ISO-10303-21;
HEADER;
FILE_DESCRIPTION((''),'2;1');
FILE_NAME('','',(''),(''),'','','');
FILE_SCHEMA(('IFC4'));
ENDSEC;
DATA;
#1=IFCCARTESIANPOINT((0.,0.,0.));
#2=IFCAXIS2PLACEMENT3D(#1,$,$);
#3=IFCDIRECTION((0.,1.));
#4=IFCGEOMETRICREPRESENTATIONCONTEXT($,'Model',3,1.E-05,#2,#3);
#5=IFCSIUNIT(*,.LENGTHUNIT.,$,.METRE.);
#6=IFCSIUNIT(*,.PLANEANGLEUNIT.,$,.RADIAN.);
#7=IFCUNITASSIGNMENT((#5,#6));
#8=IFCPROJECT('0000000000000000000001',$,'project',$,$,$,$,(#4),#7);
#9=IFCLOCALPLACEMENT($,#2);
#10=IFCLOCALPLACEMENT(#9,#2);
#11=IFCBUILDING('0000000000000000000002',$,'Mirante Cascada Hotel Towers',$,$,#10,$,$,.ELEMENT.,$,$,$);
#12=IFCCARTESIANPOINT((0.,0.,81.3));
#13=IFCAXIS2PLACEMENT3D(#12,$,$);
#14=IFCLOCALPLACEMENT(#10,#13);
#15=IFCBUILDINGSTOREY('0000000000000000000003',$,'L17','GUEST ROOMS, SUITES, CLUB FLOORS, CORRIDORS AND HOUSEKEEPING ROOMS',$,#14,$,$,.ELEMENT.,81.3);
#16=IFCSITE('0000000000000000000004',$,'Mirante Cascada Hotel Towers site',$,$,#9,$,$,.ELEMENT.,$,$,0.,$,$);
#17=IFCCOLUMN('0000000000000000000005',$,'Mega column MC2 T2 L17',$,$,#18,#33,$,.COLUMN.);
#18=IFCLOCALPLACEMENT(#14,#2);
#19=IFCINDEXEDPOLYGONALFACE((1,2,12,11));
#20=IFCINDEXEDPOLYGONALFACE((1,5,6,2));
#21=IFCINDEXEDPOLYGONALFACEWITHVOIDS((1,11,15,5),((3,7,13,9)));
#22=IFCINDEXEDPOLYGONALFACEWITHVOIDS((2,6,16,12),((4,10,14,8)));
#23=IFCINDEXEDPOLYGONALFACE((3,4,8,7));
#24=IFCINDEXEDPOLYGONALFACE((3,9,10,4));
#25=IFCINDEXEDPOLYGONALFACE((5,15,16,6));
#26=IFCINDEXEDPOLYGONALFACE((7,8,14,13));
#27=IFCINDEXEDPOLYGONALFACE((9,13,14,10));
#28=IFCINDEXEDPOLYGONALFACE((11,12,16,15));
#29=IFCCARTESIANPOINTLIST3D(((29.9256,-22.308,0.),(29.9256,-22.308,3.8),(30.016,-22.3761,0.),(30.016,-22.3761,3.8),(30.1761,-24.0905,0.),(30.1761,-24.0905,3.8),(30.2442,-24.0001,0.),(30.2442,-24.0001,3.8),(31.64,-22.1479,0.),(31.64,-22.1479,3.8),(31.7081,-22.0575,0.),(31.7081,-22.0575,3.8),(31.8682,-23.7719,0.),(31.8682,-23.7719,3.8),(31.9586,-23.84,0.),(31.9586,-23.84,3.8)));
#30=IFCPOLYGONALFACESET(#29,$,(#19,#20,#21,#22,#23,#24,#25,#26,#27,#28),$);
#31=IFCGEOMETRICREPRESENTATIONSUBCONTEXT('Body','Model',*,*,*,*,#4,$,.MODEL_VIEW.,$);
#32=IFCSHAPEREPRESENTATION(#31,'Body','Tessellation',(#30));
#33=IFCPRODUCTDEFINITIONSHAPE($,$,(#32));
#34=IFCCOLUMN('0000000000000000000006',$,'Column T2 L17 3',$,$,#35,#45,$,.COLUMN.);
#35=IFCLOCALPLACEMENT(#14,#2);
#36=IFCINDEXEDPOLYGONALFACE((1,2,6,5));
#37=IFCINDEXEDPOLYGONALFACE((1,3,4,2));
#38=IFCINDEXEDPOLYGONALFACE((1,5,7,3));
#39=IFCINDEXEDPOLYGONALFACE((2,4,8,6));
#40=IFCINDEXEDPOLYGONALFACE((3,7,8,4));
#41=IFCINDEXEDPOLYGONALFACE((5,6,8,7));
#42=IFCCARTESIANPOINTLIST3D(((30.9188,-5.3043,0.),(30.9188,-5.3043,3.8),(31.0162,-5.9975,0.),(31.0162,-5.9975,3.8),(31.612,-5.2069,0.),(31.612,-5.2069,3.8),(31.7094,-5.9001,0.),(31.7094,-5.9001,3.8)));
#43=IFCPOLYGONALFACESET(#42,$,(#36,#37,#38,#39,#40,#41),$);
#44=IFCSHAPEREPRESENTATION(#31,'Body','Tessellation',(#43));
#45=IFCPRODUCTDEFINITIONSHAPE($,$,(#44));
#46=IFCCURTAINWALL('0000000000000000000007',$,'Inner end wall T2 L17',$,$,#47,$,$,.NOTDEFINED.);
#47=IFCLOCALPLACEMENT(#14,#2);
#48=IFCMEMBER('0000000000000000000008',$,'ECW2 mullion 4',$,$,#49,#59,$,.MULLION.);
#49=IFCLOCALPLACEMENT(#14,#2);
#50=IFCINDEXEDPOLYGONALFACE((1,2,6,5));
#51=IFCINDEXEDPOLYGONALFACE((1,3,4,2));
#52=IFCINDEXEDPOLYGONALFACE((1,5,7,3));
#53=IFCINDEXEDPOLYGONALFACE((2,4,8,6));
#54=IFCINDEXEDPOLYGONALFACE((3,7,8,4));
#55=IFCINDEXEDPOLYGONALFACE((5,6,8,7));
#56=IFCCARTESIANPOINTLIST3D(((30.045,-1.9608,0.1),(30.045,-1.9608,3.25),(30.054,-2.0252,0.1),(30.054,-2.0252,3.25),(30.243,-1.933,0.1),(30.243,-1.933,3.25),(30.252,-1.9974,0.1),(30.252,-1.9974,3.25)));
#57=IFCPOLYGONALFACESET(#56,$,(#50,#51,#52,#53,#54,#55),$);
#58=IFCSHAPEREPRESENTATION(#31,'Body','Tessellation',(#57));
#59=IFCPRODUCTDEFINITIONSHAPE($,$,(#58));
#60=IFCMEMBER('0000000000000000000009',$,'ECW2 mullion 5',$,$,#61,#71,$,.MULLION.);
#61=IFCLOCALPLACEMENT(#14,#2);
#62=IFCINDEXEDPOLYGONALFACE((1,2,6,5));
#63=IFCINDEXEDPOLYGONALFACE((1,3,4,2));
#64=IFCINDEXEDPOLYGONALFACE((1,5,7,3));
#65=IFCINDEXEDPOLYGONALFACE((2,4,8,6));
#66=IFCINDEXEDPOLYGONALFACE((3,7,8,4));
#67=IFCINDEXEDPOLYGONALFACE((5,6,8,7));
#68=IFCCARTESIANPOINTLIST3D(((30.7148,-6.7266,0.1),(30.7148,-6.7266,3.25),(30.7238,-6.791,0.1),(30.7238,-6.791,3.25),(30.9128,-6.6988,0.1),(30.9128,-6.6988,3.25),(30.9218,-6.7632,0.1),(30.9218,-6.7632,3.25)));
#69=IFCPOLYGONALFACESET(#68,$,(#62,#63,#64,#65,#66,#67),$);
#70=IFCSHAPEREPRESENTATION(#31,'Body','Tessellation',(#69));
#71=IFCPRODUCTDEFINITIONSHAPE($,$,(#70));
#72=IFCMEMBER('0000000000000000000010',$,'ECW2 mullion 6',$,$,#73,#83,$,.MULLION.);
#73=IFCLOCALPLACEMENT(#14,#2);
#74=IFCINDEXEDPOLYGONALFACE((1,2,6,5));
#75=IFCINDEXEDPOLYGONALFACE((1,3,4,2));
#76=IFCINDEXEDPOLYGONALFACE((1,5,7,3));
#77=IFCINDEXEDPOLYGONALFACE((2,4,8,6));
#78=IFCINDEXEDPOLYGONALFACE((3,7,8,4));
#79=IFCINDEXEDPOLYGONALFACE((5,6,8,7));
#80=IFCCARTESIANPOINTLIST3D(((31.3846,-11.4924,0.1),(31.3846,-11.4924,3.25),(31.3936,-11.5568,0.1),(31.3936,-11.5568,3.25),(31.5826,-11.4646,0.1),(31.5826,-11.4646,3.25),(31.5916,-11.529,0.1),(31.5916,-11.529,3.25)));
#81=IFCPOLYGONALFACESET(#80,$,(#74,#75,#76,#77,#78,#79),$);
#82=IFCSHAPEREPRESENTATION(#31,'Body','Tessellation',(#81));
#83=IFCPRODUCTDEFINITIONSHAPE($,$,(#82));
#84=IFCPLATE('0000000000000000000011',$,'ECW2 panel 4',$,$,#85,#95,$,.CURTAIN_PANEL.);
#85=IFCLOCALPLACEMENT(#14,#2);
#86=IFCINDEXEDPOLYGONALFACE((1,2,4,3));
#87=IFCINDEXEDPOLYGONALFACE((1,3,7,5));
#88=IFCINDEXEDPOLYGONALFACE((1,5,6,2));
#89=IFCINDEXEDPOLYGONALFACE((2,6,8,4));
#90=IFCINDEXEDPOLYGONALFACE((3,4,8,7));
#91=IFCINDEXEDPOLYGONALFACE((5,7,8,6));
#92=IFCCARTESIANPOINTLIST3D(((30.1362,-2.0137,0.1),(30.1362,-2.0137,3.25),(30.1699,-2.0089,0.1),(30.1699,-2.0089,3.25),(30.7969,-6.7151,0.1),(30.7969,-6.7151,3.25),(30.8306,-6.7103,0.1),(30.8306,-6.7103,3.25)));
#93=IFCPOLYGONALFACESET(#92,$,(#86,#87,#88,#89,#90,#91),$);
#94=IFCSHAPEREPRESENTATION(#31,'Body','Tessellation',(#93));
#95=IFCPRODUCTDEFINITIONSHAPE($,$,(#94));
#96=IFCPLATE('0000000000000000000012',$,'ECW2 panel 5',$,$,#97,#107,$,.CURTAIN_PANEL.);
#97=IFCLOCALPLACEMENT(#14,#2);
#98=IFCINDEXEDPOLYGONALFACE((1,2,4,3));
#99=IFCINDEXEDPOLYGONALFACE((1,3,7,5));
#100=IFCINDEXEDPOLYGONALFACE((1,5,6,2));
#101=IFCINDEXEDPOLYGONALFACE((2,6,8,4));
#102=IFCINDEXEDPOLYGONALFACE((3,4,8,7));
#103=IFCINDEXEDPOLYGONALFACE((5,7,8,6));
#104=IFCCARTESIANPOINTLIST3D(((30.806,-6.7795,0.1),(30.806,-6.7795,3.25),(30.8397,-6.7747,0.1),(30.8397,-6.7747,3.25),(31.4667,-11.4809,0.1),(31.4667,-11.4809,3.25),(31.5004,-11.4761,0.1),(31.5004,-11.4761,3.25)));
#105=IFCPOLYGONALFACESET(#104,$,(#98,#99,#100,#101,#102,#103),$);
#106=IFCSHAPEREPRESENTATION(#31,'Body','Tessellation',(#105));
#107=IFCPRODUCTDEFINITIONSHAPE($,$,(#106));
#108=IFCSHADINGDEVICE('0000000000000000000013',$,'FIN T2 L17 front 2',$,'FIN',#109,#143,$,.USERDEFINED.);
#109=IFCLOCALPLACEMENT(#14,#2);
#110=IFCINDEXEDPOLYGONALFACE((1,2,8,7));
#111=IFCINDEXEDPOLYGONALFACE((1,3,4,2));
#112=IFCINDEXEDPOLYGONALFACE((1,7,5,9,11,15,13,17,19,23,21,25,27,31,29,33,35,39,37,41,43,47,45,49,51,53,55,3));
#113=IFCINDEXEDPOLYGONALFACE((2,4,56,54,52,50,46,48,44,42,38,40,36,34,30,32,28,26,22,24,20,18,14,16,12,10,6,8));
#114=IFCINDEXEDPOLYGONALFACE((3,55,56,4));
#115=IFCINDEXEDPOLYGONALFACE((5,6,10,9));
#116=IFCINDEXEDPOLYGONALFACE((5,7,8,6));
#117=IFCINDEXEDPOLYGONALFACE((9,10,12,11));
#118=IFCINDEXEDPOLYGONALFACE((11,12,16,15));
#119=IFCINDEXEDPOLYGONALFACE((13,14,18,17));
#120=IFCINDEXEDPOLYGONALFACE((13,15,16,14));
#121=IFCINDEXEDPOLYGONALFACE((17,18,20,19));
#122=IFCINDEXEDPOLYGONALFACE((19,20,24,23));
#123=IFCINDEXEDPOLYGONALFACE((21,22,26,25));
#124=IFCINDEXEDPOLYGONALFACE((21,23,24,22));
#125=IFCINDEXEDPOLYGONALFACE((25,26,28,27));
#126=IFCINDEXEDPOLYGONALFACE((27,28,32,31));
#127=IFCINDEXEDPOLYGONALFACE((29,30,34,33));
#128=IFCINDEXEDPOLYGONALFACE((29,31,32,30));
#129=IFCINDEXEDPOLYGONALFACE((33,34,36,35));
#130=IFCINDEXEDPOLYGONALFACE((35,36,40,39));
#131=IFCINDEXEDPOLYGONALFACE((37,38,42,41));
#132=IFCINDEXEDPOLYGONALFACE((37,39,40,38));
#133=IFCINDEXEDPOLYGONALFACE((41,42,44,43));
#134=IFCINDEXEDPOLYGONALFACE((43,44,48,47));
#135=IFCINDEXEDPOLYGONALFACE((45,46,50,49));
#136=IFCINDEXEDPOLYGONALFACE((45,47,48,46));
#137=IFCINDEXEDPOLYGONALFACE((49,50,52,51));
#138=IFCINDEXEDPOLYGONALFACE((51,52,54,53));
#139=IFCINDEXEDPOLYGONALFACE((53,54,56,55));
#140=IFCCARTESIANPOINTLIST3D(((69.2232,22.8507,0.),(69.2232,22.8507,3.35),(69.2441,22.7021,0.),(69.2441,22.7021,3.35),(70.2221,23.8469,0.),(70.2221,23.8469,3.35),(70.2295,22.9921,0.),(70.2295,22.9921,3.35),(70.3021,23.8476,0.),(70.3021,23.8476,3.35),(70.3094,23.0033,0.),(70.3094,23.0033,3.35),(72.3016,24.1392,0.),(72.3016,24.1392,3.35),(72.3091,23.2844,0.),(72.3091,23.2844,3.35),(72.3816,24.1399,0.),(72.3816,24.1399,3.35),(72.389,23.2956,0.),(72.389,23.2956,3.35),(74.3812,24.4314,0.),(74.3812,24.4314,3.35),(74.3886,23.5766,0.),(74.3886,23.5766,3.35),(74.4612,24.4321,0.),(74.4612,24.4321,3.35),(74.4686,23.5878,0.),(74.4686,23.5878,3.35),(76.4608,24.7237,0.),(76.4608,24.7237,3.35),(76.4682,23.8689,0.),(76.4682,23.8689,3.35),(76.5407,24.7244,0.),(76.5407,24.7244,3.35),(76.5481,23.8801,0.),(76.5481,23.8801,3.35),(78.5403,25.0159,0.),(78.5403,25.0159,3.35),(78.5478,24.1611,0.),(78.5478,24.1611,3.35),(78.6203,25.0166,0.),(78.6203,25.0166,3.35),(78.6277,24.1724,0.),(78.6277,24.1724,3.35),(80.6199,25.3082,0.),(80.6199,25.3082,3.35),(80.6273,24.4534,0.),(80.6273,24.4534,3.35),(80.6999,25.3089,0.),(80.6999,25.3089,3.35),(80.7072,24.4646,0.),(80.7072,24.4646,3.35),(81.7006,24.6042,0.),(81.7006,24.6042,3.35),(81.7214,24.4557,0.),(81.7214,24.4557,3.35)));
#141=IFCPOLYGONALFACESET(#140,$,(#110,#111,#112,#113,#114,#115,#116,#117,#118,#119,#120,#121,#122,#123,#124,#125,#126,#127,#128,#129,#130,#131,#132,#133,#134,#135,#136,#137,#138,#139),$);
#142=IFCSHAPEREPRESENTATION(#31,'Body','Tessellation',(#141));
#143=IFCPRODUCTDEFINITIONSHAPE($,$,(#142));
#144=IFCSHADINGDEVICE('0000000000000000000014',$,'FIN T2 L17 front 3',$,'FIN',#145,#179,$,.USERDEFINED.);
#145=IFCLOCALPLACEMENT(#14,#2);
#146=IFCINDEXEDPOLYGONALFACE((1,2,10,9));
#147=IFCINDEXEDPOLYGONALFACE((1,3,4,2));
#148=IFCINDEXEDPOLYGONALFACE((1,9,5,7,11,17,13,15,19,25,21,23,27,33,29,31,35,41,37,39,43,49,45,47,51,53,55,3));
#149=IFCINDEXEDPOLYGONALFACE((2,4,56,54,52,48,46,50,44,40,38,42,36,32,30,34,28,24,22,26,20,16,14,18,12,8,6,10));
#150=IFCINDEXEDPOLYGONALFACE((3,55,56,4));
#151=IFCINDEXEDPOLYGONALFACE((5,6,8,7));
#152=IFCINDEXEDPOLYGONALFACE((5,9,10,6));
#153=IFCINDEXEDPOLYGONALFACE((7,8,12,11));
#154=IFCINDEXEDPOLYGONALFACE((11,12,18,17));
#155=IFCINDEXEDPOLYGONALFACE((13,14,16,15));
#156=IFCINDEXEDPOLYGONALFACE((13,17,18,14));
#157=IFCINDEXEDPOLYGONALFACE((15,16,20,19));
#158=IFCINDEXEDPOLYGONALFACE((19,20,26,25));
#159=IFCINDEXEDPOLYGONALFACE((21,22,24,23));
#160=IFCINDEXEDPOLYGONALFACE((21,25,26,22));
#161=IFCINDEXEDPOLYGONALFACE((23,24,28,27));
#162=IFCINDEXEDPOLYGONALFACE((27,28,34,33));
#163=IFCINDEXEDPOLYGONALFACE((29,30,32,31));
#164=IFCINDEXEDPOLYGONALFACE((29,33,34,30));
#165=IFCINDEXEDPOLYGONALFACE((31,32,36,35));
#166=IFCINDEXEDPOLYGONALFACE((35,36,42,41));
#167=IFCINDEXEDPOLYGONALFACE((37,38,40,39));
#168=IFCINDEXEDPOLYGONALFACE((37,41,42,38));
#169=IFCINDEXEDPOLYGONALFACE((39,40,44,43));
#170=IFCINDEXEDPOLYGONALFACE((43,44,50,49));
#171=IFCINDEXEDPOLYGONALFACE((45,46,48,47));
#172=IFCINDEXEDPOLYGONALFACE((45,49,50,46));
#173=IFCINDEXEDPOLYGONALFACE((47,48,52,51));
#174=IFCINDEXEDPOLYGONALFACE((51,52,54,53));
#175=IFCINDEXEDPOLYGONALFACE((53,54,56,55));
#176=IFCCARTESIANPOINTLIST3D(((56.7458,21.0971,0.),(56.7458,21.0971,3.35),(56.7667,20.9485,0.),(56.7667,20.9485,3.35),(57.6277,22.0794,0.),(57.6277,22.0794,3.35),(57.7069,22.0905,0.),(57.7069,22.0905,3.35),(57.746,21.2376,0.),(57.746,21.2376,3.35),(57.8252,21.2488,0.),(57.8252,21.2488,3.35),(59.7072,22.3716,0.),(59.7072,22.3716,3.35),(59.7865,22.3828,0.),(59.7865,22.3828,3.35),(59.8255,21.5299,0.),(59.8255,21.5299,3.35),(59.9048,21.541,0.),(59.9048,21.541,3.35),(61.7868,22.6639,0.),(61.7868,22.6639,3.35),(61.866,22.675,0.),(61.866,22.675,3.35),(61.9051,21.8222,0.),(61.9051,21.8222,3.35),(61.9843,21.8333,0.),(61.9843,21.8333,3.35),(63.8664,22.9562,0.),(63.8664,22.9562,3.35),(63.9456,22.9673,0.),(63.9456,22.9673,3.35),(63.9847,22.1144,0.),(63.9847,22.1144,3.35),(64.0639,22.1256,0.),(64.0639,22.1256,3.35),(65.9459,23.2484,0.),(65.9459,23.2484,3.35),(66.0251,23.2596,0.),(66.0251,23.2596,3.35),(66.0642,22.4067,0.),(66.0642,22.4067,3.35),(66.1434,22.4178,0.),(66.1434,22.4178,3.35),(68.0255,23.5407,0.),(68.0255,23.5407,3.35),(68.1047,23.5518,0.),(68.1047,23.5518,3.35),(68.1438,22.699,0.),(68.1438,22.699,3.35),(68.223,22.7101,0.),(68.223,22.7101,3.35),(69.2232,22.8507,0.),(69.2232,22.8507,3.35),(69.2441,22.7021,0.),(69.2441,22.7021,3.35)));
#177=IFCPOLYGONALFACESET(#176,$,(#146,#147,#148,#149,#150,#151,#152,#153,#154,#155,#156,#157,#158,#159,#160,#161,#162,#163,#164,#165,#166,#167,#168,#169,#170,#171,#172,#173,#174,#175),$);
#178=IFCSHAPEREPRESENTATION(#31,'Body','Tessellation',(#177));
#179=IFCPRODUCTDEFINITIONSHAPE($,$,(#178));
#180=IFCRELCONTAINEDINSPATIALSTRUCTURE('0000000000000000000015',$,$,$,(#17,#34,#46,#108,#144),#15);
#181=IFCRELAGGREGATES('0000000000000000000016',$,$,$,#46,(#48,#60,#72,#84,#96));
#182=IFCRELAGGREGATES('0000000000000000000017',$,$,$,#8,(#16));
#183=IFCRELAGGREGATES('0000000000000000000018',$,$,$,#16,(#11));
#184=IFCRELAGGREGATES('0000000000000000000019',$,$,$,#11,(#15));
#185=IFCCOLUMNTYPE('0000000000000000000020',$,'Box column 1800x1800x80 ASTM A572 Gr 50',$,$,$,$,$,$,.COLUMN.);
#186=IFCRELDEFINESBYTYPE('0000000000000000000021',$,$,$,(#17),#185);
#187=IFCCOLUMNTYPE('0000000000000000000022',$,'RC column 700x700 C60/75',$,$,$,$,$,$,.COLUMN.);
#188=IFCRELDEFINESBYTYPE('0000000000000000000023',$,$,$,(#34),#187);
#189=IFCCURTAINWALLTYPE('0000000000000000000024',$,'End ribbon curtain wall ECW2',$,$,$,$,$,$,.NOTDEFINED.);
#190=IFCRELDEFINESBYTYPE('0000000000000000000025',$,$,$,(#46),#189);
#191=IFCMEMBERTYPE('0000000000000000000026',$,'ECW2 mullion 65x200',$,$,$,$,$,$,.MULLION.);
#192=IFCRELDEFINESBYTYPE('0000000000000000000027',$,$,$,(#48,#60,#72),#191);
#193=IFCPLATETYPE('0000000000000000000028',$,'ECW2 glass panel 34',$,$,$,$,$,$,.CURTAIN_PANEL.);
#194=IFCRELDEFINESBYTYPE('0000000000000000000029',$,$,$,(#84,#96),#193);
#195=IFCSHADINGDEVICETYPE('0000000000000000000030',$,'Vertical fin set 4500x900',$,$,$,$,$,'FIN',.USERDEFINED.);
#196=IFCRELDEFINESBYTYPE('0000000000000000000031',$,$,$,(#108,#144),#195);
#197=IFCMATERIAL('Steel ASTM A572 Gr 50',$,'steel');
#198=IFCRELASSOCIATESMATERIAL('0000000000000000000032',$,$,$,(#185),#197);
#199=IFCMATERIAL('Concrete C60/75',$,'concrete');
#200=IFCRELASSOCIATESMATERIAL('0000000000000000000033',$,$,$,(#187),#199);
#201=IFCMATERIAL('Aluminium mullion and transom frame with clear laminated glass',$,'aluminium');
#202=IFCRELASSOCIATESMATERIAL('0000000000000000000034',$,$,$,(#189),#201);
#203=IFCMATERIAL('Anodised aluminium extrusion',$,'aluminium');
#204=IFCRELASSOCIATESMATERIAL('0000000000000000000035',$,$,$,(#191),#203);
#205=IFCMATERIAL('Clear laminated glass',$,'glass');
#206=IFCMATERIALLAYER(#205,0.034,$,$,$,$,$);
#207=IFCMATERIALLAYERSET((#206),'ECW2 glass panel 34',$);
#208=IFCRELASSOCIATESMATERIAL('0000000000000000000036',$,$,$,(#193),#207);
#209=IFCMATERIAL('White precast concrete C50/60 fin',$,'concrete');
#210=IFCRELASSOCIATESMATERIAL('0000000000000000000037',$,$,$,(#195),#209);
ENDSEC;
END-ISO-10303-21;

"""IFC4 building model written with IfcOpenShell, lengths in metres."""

from ifc_helpers import new_model, si_unit, direction, frame, origin, origin_2d, place, context, subcontext, project, spatial, polyline, rectangle, hollow_rectangle, outline, extrude, material, layer, layer_set, material_profile, profile_set, type_object, element, aggregate, save


model = new_model("IFC4")

# Units and contexts
model_context = context("Model", 3, precision=1e-05, world=origin(), true_north=direction((0.0, 1.0)))
body_context = subcontext(model_context, "Body", "Model", "MODEL_VIEW")
ifc_project = project(units=[si_unit("LENGTHUNIT", "METRE"), si_unit("PLANEANGLEUNIT", "RADIAN")], contexts=[model_context])

# Site, building, storey
site_placement = place(None, origin())
site = spatial("IfcSite", under=ifc_project, at=site_placement, Name="Mirante Cascada Hotel Towers site", CompositionType="ELEMENT", RefElevation=0.0)
building_placement = place(site_placement, origin())
building = spatial("IfcBuilding", under=site, at=building_placement, Name="Mirante Cascada Hotel Towers", CompositionType="ELEMENT")
storey_placement = place(building_placement, frame((0.0, 0.0, 81.3)))
storey = spatial("IfcBuildingStorey", under=building, at=storey_placement, Name="L17", Description="GUEST ROOMS, SUITES, CLUB FLOORS, CORRIDORS AND HOUSEKEEPING ROOMS", CompositionType="ELEMENT", Elevation=81.3)

# Columns
ifc_material_1 = material(Name="Steel ASTM A572 Gr 50", Category="steel")
ifc_material_profile_1 = material_profile(ifc_material_1, hollow_rectangle(XDim=1.8, YDim=1.8, WallThickness=0.08, at=origin_2d()), Name="Box column 1800x1800x80 ASTM A572 Gr 50")
ifc_profile_set_1 = profile_set([ifc_material_profile_1], Name="Steel ASTM A572 Gr 50")
column_type_1 = type_object("IfcColumnType", Name="Box column 1800x1800x80 ASTM A572 Gr 50", PredefinedType="COLUMN", material=ifc_profile_set_1)
column_1_placement = place(storey_placement, frame((30.9421, -23.074, 0.0), z_axis=(0.0, 0.0, 1.0), x_axis=(0.990268, 0.139173, 0.0)))
element("IfcColumn", 1, at=column_1_placement, inside=storey, type_object=column_type_1, Name="Mega column MC2 T2 L17", PredefinedType="COLUMN", context=body_context, shape_type="SweptSolid", body=[
    extrude(hollow_rectangle(XDim=1.8, YDim=1.8, WallThickness=0.08, at=origin_2d()), origin(), (0.0, 0.0, 1.0), 3.8),
])
ifc_material_2 = material(Name="Concrete C60/75", Category="concrete")
ifc_material_profile_2 = material_profile(ifc_material_2, rectangle(XDim=0.7, YDim=0.7, at=origin_2d()), Name="RC column 700x700 C60/75")
ifc_profile_set_2 = profile_set([ifc_material_profile_2], Name="Concrete C60/75")
column_type_2 = type_object("IfcColumnType", Name="RC column 700x700 C60/75", PredefinedType="COLUMN", material=ifc_profile_set_2)
column_2_placement = place(storey_placement, frame((31.3141, -5.6022, 0.0), z_axis=(0.0, 0.0, 1.0), x_axis=(0.990268, 0.139173, 0.0)))
element("IfcColumn", 2, at=column_2_placement, inside=storey, type_object=column_type_2, Name="Column T2 L17 3", PredefinedType="COLUMN", context=body_context, shape_type="SweptSolid", body=[
    extrude(rectangle(XDim=0.7, YDim=0.7, at=origin_2d()), origin(), (0.0, 0.0, 1.0), 3.8),
])

# Curtain wall, members, plates
ifc_material_3 = material(Name="Aluminium mullion and transom frame with clear laminated glass", Category="aluminium")
curtain_wall_type = type_object("IfcCurtainWallType", Name="End ribbon curtain wall ECW2", PredefinedType="NOTDEFINED", material=ifc_material_3)
curtain_wall_placement = place(storey_placement, origin())
curtain_wall = element("IfcCurtainWall", 3, at=curtain_wall_placement, inside=storey, type_object=curtain_wall_type, Name="Inner end wall T2 L17", PredefinedType="NOTDEFINED")
ifc_material_4 = material(Name="Anodised aluminium extrusion", Category="aluminium")
ifc_material_profile_3 = material_profile(ifc_material_4, rectangle(XDim=0.2, YDim=0.065, at=origin_2d()), Name="ECW2 MULLION 65x200")
ifc_profile_set_3 = profile_set([ifc_material_profile_3], Name="Anodised aluminium extrusion")
member_type = type_object("IfcMemberType", Name="ECW2 mullion 65x200", PredefinedType="MULLION", material=ifc_profile_set_3)
member_1_placement = place(storey_placement, frame((30.1485, -1.9791, 0.1), z_axis=(0.0, 0.0, 1.0), x_axis=(0.990268, 0.139173, 0.0)))
member_1 = element("IfcMember", 4, at=member_1_placement, type_object=member_type, Name="ECW2 mullion 4", PredefinedType="MULLION", context=body_context, shape_type="SweptSolid", body=[
    extrude(rectangle(XDim=0.2, YDim=0.065, at=origin_2d()), origin(), (0.0, 0.0, 1.0), 3.15),
])
member_2_placement = place(storey_placement, frame((30.8183, -6.7449, 0.1), z_axis=(0.0, 0.0, 1.0), x_axis=(0.990268, 0.139173, 0.0)))
member_2 = element("IfcMember", 5, at=member_2_placement, type_object=member_type, Name="ECW2 mullion 5", PredefinedType="MULLION", context=body_context, shape_type="SweptSolid", body=[
    extrude(rectangle(XDim=0.2, YDim=0.065, at=origin_2d()), origin(), (0.0, 0.0, 1.0), 3.15),
])
member_3_placement = place(storey_placement, frame((31.4881, -11.5107, 0.1), z_axis=(0.0, 0.0, 1.0), x_axis=(0.990268, 0.139173, 0.0)))
member_3 = element("IfcMember", 6, at=member_3_placement, type_object=member_type, Name="ECW2 mullion 6", PredefinedType="MULLION", context=body_context, shape_type="SweptSolid", body=[
    extrude(rectangle(XDim=0.2, YDim=0.065, at=origin_2d()), origin(), (0.0, 0.0, 1.0), 3.15),
])
ifc_material_5 = material(Name="Clear laminated glass", Category="glass")
ifc_layer = layer(ifc_material_5, 0.034)
ifc_layer_set = layer_set([ifc_layer], Name="ECW2 glass panel 34")
plate_type = type_object("IfcPlateType", Name="ECW2 glass panel 34", PredefinedType="CURTAIN_PANEL", material=ifc_layer_set)
plate_1_placement = place(storey_placement, frame((30.4834, -4.362, 0.1), z_axis=(0.0, 0.0, 1.0), x_axis=(0.139173, -0.990268, 0.0)))
plate_1 = element("IfcPlate", 7, at=plate_1_placement, type_object=plate_type, Name="ECW2 panel 4", PredefinedType="CURTAIN_PANEL", context=body_context, shape_type="SweptSolid", body=[
    extrude(rectangle(XDim=4.7476, YDim=0.034, at=origin_2d()), origin(), (0.0, 0.0, 1.0), 3.15),
])
plate_2_placement = place(storey_placement, frame((31.1532, -9.1278, 0.1), z_axis=(0.0, 0.0, 1.0), x_axis=(0.139173, -0.990268, 0.0)))
plate_2 = element("IfcPlate", 8, at=plate_2_placement, type_object=plate_type, Name="ECW2 panel 5", PredefinedType="CURTAIN_PANEL", context=body_context, shape_type="SweptSolid", body=[
    extrude(rectangle(XDim=4.7476, YDim=0.034, at=origin_2d()), origin(), (0.0, 0.0, 1.0), 3.15),
])
aggregate(curtain_wall, [member_1, member_2, member_3, plate_1, plate_2])

# Shading devices
ifc_material_6 = material(Name="White precast concrete C50/60 fin", Category="concrete")
shading_device_type = type_object("IfcShadingDeviceType", Name="Vertical fin set 4500x900", ElementType="FIN", PredefinedType="USERDEFINED", material=ifc_material_6)
shading_device_1_placement = place(storey_placement, origin())
element("IfcShadingDevice", 9, at=shading_device_1_placement, inside=storey, type_object=shading_device_type, Name="FIN T2 L17 front 2", ObjectType="FIN", PredefinedType="USERDEFINED", context=body_context, shape_type="SweptSolid", body=[
    extrude(outline(polyline([(70.3021, 23.8476), (70.3094, 23.0033), (72.3091, 23.2844), (72.3016, 24.1392), (72.3816, 24.1399), (72.389, 23.2956), (74.3886, 23.5766), (74.3812, 24.4314), (74.4612, 24.4321), (74.4686, 23.5878), (76.4682, 23.8689), (76.4608, 24.7237), (76.5407, 24.7244), (76.5481, 23.8801), (78.5478, 24.1611), (78.5403, 25.0159), (78.6203, 25.0166), (78.6277, 24.1724), (80.6273, 24.4534), (80.6199, 25.3082), (80.6999, 25.3089), (80.7072, 24.4646), (81.7006, 24.6042), (81.7214, 24.4557), (69.2441, 22.7021), (69.2232, 22.8507), (70.2295, 22.9921), (70.2221, 23.8469), (70.3021, 23.8476)])), origin(), (0.0, 0.0, 1.0), 3.35),
])
shading_device_2_placement = place(storey_placement, origin())
element("IfcShadingDevice", 10, at=shading_device_2_placement, inside=storey, type_object=shading_device_type, Name="FIN T2 L17 front 3", ObjectType="FIN", PredefinedType="USERDEFINED", context=body_context, shape_type="SweptSolid", body=[
    extrude(outline(polyline([(57.7069, 22.0905), (57.8252, 21.2488), (59.8255, 21.5299), (59.7072, 22.3716), (59.7865, 22.3828), (59.9048, 21.541), (61.9051, 21.8222), (61.7868, 22.6639), (61.866, 22.675), (61.9843, 21.8333), (63.9847, 22.1144), (63.8664, 22.9562), (63.9456, 22.9673), (64.0639, 22.1256), (66.0642, 22.4067), (65.9459, 23.2484), (66.0251, 23.2596), (66.1434, 22.4178), (68.1438, 22.699), (68.0255, 23.5407), (68.1047, 23.5518), (68.223, 22.7101), (69.2232, 22.8507), (69.2441, 22.7021), (56.7667, 20.9485), (56.7458, 21.0971), (57.746, 21.2376), (57.6277, 22.0794), (57.7069, 22.0905)])), origin(), (0.0, 0.0, 1.0), 3.35),
])

save(model, "model.ifc")
